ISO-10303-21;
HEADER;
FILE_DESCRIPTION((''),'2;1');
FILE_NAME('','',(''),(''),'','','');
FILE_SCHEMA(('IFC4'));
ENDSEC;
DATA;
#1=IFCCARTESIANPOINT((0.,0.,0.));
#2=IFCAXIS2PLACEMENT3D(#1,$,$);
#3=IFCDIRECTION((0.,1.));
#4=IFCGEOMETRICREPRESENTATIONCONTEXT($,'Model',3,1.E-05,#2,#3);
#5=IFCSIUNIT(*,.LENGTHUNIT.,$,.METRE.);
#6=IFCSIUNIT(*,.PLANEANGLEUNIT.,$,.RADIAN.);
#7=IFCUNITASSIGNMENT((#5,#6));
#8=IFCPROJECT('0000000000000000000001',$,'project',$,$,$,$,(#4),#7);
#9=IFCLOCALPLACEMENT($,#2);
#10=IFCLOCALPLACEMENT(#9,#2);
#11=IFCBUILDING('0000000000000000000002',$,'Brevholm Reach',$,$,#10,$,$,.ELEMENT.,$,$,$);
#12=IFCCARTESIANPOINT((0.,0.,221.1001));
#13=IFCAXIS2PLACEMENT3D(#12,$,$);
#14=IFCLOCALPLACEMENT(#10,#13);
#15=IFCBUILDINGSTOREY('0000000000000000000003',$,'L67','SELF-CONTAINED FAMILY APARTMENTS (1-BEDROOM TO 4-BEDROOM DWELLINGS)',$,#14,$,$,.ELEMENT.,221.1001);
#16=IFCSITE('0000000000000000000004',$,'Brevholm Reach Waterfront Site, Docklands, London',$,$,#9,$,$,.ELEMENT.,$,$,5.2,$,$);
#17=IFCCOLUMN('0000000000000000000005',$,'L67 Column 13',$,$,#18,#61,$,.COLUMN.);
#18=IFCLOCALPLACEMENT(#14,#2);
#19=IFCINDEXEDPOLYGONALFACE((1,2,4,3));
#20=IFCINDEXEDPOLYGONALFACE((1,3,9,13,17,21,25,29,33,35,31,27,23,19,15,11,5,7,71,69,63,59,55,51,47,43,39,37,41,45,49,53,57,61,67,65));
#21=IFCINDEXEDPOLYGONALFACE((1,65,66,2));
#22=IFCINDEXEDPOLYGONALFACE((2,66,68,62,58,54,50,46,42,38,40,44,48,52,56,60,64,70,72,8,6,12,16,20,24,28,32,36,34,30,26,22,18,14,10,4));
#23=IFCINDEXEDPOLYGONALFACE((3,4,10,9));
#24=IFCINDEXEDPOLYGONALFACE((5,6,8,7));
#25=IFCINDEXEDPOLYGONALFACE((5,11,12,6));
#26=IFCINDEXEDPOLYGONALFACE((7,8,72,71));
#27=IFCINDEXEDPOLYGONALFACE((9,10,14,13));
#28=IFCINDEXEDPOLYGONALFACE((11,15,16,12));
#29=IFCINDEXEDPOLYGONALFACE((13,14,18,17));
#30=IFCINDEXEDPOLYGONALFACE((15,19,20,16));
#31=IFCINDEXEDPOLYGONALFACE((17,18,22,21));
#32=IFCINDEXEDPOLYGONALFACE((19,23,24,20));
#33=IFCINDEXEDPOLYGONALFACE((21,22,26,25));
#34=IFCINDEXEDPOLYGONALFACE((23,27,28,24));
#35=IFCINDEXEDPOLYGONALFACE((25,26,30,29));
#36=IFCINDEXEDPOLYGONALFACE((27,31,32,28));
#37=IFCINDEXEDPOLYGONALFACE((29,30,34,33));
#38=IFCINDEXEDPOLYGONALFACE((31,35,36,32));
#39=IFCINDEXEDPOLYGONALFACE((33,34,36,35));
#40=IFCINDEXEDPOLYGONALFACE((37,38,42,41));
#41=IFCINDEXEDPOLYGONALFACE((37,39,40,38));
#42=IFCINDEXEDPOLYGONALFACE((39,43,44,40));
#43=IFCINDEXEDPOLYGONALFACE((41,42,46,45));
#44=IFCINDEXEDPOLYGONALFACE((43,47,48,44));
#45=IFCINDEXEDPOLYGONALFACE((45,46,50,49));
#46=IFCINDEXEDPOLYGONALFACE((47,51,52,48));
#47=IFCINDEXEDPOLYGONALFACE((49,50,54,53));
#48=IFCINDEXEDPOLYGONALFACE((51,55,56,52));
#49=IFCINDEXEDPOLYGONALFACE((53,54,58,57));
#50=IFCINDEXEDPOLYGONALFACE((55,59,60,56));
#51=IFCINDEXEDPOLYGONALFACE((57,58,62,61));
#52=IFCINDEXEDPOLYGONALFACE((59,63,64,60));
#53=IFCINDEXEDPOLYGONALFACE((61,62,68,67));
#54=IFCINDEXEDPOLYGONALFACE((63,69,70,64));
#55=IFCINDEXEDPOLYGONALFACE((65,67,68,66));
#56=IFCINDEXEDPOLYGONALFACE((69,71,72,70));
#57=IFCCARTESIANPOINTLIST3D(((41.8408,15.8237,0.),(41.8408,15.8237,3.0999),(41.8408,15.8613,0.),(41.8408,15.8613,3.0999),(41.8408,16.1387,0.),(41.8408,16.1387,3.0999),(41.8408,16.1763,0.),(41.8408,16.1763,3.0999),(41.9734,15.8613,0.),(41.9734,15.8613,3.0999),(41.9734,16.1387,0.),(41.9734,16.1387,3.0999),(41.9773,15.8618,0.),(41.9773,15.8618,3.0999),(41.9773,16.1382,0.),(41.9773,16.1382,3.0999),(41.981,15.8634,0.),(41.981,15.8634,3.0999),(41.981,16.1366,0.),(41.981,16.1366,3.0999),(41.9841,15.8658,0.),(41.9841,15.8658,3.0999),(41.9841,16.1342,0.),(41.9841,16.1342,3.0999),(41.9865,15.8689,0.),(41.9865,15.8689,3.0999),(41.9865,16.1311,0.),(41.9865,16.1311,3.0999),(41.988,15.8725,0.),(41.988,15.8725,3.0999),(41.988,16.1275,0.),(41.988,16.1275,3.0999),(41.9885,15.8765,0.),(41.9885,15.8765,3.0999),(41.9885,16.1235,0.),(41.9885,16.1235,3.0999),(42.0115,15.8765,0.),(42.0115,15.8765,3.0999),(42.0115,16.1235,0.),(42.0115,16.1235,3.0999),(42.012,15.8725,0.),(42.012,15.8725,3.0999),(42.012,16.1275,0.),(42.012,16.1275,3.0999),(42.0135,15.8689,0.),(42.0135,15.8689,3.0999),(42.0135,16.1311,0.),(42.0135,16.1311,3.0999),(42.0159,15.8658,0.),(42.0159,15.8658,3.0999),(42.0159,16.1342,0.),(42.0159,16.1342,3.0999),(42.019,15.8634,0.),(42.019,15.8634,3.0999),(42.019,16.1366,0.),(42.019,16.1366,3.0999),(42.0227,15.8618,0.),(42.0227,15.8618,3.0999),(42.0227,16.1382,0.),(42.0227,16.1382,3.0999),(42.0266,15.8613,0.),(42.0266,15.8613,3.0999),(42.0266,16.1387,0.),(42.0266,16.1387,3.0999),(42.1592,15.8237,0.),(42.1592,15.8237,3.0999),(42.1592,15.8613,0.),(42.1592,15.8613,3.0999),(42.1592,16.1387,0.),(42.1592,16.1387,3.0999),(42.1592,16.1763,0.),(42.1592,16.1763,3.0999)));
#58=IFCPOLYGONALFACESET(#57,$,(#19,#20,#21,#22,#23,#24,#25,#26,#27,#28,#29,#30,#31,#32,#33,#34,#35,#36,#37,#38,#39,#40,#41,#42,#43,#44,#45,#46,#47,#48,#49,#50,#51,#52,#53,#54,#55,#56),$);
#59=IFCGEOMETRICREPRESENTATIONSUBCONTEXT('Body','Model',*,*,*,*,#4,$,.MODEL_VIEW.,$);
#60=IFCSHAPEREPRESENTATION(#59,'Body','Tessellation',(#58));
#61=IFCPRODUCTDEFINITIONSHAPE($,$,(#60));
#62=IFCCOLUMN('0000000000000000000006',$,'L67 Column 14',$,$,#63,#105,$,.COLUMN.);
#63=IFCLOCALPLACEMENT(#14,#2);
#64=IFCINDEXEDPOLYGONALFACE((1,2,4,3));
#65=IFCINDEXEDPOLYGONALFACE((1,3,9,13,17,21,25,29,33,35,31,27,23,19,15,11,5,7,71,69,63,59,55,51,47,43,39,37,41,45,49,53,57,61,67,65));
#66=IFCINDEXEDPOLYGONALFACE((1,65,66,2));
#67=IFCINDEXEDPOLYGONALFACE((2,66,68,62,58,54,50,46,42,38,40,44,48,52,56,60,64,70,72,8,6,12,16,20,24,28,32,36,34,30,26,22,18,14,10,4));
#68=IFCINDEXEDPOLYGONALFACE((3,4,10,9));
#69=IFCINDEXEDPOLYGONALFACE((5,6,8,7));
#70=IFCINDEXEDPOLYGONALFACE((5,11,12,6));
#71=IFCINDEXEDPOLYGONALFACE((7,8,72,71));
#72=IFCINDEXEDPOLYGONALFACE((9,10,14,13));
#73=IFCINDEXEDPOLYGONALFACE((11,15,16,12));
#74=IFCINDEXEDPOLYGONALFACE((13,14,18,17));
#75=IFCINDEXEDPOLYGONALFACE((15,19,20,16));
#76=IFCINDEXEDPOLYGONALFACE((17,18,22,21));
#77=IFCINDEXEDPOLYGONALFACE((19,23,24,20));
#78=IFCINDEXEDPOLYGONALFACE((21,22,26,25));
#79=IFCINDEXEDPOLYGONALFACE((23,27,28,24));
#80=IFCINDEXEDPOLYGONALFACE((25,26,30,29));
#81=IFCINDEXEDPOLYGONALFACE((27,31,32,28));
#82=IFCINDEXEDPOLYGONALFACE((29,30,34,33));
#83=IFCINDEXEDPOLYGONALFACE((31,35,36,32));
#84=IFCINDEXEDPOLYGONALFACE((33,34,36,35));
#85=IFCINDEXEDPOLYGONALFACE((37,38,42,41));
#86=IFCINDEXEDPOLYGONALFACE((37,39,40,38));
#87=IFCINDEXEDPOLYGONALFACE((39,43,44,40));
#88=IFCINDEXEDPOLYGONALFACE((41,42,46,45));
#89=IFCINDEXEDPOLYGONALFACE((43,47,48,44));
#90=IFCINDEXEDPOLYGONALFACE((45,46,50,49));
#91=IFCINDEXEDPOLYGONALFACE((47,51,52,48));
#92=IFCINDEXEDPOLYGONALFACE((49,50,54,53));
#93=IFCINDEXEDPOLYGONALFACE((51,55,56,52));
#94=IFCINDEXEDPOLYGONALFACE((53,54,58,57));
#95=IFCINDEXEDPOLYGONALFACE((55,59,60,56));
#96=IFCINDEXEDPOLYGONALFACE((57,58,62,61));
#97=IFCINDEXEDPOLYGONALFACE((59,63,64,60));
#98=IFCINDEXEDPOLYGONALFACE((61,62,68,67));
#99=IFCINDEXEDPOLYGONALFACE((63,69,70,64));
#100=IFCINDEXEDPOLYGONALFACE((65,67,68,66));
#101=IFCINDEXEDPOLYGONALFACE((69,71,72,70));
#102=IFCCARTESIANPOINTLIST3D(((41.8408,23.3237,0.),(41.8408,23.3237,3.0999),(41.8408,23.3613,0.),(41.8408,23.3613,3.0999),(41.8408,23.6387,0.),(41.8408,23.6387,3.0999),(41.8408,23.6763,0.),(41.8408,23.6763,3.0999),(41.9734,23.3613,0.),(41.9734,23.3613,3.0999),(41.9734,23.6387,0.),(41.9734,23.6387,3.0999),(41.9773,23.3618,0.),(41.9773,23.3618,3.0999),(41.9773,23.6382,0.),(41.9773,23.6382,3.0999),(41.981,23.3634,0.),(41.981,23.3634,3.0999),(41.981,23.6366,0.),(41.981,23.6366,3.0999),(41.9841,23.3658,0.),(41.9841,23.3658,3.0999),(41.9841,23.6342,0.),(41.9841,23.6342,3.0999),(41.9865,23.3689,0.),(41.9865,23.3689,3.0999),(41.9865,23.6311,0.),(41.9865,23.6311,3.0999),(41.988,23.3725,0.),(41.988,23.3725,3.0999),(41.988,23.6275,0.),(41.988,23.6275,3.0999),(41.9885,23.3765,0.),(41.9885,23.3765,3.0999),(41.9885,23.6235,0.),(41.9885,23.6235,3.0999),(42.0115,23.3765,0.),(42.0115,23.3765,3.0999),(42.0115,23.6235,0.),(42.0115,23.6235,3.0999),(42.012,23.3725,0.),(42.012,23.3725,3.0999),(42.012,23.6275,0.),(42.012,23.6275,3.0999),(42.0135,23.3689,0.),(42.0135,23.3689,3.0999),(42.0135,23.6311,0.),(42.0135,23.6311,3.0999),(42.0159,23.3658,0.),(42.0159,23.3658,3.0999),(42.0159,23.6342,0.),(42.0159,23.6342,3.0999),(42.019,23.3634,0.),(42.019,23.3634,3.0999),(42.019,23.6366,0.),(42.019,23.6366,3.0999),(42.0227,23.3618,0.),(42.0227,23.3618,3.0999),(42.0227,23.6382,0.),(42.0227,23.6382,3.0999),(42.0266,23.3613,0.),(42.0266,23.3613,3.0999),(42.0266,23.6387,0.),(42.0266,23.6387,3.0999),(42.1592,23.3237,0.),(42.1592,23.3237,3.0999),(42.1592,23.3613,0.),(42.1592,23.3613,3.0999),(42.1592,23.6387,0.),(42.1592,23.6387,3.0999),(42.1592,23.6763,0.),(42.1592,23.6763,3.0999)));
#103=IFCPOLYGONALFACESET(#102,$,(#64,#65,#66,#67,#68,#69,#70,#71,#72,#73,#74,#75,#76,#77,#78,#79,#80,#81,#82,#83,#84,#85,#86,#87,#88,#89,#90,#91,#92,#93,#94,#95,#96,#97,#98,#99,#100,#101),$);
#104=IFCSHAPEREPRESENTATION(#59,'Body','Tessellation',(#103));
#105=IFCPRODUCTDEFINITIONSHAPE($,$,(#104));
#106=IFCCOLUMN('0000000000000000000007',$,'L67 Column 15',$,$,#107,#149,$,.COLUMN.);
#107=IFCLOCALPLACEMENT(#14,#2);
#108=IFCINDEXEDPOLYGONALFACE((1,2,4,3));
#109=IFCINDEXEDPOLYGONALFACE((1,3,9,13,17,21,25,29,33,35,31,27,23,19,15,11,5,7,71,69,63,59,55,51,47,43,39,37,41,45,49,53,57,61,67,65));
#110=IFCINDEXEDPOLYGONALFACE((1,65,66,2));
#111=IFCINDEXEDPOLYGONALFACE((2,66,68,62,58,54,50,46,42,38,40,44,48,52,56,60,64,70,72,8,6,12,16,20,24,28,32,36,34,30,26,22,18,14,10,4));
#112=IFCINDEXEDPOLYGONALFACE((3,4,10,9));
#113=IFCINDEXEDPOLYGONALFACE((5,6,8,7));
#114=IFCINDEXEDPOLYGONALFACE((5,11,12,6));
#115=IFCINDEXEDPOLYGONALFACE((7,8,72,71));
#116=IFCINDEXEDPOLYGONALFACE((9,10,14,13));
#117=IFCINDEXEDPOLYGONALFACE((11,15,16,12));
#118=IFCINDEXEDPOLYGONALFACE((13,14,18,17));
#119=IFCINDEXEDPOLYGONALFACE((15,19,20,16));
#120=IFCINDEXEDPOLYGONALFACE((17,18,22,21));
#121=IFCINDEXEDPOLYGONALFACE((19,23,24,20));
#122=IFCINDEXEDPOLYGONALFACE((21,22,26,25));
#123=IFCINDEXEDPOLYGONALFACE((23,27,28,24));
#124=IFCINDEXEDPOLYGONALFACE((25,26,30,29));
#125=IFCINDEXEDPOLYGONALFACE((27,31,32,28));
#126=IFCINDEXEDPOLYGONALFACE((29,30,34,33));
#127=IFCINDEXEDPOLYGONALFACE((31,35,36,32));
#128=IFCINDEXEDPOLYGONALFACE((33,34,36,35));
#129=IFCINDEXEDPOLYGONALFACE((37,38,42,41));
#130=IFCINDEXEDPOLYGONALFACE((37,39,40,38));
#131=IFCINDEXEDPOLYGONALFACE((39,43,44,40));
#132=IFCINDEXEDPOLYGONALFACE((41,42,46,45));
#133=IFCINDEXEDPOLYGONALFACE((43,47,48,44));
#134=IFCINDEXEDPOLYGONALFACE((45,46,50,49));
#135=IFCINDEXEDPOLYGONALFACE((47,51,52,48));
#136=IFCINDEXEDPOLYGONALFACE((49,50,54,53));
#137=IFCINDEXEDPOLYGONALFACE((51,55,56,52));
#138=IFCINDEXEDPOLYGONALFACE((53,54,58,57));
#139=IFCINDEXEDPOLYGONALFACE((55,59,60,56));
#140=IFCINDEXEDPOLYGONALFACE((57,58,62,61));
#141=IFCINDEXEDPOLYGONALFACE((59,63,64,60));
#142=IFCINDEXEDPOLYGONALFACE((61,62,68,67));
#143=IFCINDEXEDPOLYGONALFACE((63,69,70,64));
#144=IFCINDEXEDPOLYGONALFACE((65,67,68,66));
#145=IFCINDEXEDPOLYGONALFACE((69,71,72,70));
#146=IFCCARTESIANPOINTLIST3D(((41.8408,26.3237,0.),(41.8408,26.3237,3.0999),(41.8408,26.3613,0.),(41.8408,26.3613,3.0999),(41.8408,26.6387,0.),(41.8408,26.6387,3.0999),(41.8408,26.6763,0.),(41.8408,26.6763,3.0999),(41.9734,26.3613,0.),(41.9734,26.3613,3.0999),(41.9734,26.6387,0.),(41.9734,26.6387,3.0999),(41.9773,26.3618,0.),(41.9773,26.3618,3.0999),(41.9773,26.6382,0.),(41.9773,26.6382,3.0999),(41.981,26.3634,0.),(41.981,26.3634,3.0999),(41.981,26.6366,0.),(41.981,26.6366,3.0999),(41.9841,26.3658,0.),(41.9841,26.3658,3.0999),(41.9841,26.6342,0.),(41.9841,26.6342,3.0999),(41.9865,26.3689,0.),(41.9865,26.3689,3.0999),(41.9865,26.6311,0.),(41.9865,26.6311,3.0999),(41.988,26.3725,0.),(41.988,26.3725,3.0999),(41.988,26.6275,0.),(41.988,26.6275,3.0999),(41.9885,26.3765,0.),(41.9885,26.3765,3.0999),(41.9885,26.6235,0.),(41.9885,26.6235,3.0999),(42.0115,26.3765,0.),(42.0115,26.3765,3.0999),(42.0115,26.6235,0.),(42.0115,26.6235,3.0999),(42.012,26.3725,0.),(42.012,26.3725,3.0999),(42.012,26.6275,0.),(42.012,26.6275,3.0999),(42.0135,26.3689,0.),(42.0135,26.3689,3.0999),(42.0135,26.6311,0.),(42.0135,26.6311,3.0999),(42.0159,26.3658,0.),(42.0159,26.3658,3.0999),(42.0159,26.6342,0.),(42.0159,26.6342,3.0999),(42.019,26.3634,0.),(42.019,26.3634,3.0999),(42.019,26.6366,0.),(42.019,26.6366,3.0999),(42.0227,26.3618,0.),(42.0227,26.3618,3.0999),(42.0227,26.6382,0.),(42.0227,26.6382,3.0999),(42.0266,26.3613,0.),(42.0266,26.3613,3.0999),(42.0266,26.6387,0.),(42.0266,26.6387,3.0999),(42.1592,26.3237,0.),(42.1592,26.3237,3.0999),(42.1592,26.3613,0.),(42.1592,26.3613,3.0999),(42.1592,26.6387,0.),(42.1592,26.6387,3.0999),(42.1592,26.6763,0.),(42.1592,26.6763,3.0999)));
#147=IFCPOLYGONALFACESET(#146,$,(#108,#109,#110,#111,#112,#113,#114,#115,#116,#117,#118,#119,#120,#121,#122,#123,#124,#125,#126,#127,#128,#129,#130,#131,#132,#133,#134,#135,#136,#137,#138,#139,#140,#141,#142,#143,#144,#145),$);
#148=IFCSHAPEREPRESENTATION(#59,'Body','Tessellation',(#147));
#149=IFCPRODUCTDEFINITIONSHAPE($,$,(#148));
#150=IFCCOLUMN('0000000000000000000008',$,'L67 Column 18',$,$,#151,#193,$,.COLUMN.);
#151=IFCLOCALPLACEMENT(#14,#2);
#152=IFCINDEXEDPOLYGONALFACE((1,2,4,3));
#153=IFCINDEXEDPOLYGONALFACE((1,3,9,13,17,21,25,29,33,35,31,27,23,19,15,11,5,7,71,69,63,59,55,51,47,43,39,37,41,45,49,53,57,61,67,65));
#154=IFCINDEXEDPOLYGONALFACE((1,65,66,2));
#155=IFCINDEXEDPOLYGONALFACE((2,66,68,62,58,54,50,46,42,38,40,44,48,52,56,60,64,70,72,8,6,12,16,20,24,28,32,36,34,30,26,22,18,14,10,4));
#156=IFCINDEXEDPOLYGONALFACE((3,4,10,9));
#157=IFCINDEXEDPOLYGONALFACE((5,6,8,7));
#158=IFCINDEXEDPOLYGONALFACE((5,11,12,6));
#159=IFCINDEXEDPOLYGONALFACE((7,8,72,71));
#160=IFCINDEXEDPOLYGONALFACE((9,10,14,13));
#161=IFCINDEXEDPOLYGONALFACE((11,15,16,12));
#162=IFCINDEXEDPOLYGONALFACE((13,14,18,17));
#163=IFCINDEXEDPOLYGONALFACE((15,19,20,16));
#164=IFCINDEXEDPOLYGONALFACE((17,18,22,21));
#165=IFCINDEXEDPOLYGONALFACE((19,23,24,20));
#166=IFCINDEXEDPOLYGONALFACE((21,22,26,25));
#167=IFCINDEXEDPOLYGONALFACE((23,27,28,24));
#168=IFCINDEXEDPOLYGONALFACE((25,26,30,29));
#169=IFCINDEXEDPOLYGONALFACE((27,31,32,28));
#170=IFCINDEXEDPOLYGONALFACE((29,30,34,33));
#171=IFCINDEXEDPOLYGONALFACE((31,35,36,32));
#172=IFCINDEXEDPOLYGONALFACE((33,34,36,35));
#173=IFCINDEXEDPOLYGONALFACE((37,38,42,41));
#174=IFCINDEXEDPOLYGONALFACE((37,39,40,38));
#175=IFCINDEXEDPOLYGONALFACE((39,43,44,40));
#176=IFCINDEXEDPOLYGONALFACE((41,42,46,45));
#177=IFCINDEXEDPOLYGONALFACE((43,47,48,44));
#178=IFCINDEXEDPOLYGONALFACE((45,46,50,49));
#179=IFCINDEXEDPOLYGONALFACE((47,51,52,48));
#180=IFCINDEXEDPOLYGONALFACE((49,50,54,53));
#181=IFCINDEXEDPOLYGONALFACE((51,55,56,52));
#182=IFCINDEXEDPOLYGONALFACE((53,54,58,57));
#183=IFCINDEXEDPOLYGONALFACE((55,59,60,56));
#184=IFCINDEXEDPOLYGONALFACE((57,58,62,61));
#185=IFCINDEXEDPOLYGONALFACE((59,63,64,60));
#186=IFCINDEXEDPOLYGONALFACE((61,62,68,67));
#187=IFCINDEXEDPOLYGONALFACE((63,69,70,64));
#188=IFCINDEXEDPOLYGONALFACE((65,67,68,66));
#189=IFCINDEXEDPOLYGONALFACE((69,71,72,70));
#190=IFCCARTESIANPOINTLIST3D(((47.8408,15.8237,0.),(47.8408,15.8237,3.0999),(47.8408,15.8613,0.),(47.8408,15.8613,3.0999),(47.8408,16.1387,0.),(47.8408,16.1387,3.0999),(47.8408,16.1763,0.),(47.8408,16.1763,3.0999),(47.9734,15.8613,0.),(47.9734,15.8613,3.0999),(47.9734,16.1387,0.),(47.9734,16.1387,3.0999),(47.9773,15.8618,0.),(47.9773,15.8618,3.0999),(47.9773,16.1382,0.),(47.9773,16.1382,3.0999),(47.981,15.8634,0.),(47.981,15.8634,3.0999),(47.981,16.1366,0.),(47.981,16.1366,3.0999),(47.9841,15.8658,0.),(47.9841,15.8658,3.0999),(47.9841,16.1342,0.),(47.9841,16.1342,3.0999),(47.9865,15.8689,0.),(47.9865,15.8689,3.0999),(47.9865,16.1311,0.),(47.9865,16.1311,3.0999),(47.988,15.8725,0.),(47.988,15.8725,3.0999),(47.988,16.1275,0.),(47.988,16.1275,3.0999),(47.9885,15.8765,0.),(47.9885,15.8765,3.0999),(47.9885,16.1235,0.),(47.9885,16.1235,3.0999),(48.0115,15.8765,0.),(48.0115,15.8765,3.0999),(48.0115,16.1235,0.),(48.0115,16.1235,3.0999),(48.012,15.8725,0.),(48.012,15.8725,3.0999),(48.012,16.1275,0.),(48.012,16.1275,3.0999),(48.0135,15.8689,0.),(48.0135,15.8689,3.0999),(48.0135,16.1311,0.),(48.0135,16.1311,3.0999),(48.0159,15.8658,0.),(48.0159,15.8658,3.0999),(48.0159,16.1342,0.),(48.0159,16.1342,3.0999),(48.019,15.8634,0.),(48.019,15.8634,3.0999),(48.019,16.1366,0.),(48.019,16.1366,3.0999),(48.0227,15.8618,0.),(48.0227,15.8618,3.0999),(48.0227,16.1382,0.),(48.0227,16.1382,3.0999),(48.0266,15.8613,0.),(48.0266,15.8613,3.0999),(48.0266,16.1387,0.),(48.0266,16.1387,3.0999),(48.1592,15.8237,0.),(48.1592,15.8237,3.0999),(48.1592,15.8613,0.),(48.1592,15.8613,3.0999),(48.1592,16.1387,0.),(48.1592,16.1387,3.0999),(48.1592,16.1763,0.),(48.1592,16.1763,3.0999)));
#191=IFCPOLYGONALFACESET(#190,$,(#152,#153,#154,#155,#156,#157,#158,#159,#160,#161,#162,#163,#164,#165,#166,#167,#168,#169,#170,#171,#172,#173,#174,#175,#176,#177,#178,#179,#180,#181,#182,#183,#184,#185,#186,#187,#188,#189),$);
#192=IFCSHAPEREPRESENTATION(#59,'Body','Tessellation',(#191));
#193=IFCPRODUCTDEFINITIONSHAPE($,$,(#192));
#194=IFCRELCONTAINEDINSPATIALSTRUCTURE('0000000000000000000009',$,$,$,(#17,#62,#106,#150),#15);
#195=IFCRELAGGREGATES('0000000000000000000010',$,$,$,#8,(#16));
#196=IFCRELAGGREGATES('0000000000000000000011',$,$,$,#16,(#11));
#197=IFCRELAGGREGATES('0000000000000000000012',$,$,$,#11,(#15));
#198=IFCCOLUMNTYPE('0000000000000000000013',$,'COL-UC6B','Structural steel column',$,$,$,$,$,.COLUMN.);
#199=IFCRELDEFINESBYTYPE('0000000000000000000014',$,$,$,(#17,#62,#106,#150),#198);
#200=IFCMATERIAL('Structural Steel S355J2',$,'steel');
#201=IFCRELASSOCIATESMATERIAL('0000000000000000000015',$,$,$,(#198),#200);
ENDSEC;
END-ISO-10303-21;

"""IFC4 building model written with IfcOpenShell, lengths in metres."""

from ifc_helpers import new_model, si_unit, direction, frame, origin, origin_2d, place, context, subcontext, project, spatial, i_section, extrude, material, material_profile, profile_set, type_object, element, save


model = new_model("IFC4")

# Units and contexts
model_context = context("Model", 3, precision=1e-05, world=origin(), true_north=direction((0.0, 1.0)))
body_context = subcontext(model_context, "Body", "Model", "MODEL_VIEW")
ifc_project = project(units=[si_unit("LENGTHUNIT", "METRE"), si_unit("PLANEANGLEUNIT", "RADIAN")], contexts=[model_context])

# Site, building, storey
site_placement = place(None, origin())
site = spatial("IfcSite", under=ifc_project, at=site_placement, Name="Brevholm Reach Waterfront Site, Docklands, London", CompositionType="ELEMENT", RefElevation=5.2)
building_placement = place(site_placement, origin())
building = spatial("IfcBuilding", under=site, at=building_placement, Name="Brevholm Reach", CompositionType="ELEMENT")
storey_placement = place(building_placement, frame((0.0, 0.0, 221.1001)))
storey = spatial("IfcBuildingStorey", under=building, at=storey_placement, Name="L67", Description="SELF-CONTAINED FAMILY APARTMENTS (1-BEDROOM TO 4-BEDROOM DWELLINGS)", CompositionType="ELEMENT", Elevation=221.1001)

# Columns
ifc_material_1 = material(Name="Structural Steel S355J2", Category="steel")
ifc_material_profile_1 = material_profile(ifc_material_1, i_section(OverallWidth=0.3184, OverallDepth=0.3525, WebThickness=0.0229, FlangeThickness=0.0376, FilletRadius=0.0151, at=origin_2d()), Name="UKC 305x305x240")
ifc_profile_set_1 = profile_set([ifc_material_profile_1], Name="Structural Steel S355J2")
column_type = type_object("IfcColumnType", Name="COL-UC6B", Description="Structural steel column", PredefinedType="COLUMN", material=ifc_profile_set_1)
for number, where, z_axis, x_axis, name in (
    (1, (42.0, 16.0, 0.0), (0.0, 0.0, 1.0), (1.0, 0.0, 0.0), "L67 Column 13"),
    (2, (42.0, 23.5, 0.0), (0.0, 0.0, 1.0), (1.0, 0.0, 0.0), "L67 Column 14"),
    (3, (42.0, 26.5, 0.0), (0.0, 0.0, 1.0), (1.0, 0.0, 0.0), "L67 Column 15"),
    (4, (48.0, 16.0, 0.0), (0.0, 0.0, 1.0), (1.0, 0.0, 0.0), "L67 Column 18"),
):
    element("IfcColumn", number, at=place(storey_placement, frame(where, z_axis=z_axis, x_axis=x_axis)), inside=storey, type_object=column_type, Name=name, PredefinedType="COLUMN", context=body_context, shape_type="SweptSolid", body=[
        extrude(i_section(OverallWidth=0.3184, OverallDepth=0.3525, WebThickness=0.0229, FlangeThickness=0.0376, FilletRadius=0.0151, at=origin_2d()), origin(), (0.0, 0.0, 1.0), 3.0999),
    ])

save(model, "model.ifc")
